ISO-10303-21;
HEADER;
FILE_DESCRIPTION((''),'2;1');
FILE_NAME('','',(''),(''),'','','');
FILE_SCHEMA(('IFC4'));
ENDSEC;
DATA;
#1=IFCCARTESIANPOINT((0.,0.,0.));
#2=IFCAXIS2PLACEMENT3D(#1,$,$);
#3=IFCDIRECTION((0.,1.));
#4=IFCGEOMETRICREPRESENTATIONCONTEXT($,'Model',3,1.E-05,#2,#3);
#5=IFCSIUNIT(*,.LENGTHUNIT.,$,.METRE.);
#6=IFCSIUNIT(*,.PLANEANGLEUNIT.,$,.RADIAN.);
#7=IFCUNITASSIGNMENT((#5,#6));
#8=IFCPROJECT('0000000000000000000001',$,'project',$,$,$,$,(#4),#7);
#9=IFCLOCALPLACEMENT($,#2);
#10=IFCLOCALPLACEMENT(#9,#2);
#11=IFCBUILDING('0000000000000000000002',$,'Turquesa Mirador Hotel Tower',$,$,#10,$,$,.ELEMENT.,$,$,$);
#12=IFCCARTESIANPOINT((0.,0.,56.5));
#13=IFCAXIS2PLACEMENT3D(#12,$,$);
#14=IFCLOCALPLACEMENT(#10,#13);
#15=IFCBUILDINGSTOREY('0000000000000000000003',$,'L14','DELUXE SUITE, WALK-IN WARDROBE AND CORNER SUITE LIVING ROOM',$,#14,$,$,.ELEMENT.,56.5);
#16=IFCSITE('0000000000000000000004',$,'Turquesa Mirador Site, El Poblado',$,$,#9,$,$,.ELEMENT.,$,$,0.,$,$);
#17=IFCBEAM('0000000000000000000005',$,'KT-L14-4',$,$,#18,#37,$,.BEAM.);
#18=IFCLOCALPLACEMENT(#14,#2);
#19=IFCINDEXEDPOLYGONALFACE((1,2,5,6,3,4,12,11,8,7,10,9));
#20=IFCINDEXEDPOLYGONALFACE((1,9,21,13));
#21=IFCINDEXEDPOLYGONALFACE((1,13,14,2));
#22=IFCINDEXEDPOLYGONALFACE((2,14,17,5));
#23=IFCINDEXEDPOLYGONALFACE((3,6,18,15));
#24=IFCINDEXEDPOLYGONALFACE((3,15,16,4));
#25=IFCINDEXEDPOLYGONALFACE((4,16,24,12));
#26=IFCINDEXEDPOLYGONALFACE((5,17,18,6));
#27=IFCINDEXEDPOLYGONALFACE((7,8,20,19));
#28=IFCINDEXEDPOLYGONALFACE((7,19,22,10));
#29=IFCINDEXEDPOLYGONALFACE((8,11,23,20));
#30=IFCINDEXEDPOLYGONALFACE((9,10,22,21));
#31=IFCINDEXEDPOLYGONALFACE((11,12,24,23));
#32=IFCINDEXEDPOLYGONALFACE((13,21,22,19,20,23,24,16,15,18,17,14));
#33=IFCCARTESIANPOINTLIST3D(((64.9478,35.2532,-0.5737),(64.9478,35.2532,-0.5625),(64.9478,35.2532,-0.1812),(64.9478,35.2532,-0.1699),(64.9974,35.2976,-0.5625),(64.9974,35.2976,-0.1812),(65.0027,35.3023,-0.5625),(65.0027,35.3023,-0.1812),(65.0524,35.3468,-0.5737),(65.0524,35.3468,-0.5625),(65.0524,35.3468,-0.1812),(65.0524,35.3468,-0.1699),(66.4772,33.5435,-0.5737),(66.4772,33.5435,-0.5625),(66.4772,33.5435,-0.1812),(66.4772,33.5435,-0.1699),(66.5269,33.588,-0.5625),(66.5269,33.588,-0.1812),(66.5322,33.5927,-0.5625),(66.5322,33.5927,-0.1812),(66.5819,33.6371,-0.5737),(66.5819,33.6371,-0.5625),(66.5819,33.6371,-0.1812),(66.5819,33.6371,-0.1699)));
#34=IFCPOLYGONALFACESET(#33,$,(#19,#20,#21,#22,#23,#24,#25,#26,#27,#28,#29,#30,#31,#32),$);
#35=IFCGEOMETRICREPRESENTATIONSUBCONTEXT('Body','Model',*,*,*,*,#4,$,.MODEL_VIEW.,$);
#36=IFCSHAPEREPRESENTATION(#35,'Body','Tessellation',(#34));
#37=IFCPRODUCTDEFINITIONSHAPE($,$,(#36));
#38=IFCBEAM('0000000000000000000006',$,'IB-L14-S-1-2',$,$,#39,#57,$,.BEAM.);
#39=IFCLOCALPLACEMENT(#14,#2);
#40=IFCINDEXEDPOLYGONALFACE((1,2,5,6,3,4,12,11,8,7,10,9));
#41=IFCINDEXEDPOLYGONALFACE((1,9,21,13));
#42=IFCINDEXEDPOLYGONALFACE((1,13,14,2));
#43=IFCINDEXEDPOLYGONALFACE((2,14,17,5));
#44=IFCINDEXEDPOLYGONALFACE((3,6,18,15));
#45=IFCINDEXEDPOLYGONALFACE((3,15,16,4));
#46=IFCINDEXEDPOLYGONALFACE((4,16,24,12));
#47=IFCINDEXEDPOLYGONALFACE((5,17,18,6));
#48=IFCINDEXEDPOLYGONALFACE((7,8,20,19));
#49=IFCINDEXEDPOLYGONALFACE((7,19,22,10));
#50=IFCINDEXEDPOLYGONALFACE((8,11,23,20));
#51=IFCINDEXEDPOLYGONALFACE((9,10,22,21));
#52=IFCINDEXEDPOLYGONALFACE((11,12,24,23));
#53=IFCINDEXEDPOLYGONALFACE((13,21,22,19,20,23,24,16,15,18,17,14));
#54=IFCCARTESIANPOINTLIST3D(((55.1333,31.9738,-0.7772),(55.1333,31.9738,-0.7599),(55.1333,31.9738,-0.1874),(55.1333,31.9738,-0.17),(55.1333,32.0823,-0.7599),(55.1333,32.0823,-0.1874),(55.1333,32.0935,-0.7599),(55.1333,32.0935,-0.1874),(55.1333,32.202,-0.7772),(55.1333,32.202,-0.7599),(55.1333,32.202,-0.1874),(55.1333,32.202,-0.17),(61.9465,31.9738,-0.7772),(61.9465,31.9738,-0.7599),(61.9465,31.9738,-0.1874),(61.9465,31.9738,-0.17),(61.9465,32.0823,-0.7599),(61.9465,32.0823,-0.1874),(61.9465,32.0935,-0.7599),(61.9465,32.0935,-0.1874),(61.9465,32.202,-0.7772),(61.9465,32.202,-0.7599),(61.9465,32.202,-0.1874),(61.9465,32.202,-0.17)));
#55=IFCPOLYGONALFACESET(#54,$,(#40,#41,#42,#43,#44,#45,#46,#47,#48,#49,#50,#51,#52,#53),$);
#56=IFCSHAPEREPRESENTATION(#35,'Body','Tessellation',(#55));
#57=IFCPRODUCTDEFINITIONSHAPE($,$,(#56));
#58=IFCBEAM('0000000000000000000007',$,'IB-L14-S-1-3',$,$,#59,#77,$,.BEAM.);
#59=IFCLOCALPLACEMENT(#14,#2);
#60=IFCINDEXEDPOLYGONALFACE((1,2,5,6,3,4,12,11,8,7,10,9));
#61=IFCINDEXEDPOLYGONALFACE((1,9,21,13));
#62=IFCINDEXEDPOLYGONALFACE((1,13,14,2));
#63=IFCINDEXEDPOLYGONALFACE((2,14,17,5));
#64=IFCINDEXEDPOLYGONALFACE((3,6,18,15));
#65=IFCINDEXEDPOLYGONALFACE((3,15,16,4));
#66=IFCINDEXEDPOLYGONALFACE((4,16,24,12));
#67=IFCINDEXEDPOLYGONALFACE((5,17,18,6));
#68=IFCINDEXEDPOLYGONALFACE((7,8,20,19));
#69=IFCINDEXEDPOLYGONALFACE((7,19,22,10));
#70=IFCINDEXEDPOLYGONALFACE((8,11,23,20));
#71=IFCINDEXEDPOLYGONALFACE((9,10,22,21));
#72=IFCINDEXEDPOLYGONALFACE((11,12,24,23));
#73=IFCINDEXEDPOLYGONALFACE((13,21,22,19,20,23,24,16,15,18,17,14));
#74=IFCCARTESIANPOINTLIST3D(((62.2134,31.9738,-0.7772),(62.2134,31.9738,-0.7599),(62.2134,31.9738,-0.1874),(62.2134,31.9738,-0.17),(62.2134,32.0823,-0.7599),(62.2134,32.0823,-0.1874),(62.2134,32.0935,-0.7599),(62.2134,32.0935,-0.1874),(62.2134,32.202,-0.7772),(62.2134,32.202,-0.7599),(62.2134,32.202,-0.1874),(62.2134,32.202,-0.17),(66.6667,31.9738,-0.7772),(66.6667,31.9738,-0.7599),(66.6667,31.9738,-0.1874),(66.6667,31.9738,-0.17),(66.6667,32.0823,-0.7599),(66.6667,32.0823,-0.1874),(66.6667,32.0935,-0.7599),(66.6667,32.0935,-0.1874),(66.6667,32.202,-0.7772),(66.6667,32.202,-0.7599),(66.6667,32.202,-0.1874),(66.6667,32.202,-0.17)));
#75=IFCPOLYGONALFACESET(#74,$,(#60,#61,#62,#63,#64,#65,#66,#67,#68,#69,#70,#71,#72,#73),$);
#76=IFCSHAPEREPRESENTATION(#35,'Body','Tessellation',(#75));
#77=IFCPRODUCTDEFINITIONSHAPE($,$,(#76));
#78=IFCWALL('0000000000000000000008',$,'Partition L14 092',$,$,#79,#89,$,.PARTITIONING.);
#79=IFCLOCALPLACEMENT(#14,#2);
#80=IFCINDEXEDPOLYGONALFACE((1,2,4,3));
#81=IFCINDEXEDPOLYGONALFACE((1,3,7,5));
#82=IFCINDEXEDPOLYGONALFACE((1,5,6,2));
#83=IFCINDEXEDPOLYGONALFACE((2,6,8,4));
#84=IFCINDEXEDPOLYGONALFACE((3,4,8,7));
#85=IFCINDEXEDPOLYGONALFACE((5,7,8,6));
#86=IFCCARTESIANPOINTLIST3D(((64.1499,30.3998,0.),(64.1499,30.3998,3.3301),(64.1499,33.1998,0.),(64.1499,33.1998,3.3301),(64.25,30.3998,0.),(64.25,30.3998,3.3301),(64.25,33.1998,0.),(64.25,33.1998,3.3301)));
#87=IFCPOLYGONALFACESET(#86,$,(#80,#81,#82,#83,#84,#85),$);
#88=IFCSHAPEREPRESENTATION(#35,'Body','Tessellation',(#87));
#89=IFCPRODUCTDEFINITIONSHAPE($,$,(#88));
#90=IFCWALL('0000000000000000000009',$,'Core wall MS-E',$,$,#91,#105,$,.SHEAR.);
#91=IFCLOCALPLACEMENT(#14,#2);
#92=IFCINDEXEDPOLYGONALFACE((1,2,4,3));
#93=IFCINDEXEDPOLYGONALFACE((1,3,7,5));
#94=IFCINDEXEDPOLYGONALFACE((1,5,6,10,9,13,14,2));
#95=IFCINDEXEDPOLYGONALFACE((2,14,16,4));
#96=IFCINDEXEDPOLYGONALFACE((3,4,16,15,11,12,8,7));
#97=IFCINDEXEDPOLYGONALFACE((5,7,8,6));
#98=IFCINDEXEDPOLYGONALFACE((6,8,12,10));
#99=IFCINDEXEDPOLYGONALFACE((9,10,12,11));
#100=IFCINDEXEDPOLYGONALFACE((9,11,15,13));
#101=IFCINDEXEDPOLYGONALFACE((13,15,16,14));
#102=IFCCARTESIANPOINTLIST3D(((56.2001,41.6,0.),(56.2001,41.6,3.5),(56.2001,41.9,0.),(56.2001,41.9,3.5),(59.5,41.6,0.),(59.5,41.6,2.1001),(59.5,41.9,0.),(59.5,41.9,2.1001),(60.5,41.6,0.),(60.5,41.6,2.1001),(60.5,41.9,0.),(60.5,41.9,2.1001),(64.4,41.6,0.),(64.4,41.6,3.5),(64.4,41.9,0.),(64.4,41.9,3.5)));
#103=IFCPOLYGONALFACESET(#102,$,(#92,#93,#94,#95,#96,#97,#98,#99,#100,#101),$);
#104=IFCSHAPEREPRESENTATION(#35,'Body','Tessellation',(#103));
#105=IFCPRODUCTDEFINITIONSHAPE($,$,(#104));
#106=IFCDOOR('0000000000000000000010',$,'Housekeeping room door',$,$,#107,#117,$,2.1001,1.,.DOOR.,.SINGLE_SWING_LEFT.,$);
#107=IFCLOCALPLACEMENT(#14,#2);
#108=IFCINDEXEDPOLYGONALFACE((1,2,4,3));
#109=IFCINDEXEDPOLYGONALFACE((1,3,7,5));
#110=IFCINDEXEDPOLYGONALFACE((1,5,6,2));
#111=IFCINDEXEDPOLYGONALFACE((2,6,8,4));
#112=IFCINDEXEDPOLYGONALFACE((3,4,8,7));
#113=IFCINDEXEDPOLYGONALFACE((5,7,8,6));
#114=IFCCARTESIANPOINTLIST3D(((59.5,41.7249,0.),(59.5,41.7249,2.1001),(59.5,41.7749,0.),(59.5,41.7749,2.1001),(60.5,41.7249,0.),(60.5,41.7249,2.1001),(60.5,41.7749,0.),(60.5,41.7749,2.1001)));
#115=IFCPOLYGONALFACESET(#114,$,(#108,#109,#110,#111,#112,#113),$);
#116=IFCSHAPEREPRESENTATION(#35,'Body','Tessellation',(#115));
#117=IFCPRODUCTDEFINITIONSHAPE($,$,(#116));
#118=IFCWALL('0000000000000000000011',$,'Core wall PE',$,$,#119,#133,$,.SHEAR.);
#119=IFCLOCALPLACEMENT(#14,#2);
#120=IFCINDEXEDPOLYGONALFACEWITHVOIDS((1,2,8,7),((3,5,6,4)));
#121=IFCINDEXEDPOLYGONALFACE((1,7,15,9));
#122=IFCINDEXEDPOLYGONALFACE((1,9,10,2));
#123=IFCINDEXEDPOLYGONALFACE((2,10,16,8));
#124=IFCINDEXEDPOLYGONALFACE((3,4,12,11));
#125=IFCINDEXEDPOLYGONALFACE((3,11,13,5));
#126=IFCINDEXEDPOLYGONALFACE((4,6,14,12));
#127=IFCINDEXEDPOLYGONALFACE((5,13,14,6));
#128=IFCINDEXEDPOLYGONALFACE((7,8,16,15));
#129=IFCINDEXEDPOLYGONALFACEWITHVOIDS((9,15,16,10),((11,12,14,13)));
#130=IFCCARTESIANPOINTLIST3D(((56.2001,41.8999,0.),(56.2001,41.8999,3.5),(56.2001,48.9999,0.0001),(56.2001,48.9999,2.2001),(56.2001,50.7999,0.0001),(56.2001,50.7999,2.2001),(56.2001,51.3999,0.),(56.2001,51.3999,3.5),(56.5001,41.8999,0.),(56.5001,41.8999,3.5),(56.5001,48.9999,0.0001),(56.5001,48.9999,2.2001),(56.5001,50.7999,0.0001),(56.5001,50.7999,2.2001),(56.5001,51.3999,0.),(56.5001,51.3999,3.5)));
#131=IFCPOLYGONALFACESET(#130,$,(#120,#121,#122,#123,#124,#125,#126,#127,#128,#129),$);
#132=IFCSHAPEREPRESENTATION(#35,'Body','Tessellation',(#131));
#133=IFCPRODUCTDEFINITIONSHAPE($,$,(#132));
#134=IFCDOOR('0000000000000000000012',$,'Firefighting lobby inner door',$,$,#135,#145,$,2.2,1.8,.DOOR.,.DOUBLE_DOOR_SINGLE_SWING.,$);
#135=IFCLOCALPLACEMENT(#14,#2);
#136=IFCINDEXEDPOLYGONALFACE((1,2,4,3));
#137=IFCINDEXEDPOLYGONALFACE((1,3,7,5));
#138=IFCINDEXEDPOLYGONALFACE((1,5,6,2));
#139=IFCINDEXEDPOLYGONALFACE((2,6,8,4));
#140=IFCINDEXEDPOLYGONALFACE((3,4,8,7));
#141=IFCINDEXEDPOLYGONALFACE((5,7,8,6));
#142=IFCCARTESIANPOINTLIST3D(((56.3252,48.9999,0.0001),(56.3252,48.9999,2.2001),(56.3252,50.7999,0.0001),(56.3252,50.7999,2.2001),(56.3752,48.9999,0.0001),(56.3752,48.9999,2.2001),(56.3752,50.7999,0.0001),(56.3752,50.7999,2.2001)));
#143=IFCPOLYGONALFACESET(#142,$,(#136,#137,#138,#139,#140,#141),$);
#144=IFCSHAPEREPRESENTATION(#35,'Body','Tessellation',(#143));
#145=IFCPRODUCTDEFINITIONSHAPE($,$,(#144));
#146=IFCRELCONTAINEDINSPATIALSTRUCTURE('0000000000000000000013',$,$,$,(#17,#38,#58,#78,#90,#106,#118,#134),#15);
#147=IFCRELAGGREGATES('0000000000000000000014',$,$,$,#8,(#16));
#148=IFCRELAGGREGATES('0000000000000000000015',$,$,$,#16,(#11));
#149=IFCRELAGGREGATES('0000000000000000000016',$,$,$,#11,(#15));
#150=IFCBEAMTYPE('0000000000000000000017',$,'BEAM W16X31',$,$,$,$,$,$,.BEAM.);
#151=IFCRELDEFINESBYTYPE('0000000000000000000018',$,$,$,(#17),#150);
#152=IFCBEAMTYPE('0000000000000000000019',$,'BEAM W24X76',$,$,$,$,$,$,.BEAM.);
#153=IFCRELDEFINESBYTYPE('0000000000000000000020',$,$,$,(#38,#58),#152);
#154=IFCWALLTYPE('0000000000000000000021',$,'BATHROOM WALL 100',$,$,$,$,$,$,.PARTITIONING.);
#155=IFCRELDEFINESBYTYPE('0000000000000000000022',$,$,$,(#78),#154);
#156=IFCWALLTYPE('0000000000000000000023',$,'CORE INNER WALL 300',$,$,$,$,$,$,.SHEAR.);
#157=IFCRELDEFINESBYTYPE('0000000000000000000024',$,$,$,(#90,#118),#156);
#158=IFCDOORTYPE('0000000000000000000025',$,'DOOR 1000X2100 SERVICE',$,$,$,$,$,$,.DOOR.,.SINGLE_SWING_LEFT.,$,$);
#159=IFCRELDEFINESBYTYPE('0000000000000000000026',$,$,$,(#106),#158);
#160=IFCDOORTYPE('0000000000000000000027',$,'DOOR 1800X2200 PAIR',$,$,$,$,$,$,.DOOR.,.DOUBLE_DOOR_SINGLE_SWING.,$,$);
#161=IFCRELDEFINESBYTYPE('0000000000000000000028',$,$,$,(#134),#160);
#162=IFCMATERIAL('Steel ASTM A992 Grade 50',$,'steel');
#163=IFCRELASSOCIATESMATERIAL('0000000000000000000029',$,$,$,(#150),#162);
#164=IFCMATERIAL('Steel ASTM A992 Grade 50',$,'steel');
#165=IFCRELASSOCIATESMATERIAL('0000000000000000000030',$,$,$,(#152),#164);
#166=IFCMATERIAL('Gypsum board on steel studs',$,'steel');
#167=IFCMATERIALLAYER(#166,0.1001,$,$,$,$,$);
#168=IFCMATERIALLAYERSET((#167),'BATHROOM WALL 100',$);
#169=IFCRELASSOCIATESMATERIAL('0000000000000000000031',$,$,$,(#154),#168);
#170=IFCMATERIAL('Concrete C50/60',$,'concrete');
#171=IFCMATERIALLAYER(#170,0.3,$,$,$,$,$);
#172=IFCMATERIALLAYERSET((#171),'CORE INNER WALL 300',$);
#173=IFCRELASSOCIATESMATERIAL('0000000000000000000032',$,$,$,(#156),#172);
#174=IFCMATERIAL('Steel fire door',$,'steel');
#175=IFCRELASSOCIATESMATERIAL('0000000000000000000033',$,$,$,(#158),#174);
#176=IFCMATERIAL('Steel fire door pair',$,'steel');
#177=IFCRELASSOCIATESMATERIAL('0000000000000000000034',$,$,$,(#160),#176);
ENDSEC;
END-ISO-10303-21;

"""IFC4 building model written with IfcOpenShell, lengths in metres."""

from ifc_helpers import new_model, si_unit, direction, frame, frame_2d, origin, origin_2d, place, context, subcontext, project, spatial, rectangle, i_section, extrude, material, layer, layer_set, material_profile, profile_set, type_object, element, fill, save


model = new_model("IFC4")

# Units and contexts
model_context = context("Model", 3, precision=1e-05, world=origin(), true_north=direction((0.0, 1.0)))
body_context = subcontext(model_context, "Body", "Model", "MODEL_VIEW")
ifc_project = project(units=[si_unit("LENGTHUNIT", "METRE"), si_unit("PLANEANGLEUNIT", "RADIAN")], contexts=[model_context])

# Site, building, storey
site_placement = place(None, origin())
site = spatial("IfcSite", under=ifc_project, at=site_placement, Name="Turquesa Mirador Site, El Poblado", CompositionType="ELEMENT", RefElevation=0.0)
building_placement = place(site_placement, origin())
building = spatial("IfcBuilding", under=site, at=building_placement, Name="Turquesa Mirador Hotel Tower", CompositionType="ELEMENT")
storey_placement = place(building_placement, frame((0.0, 0.0, 56.5)))
storey = spatial("IfcBuildingStorey", under=building, at=storey_placement, Name="L14", Description="DELUXE SUITE, WALK-IN WARDROBE AND CORNER SUITE LIVING ROOM", CompositionType="ELEMENT", Elevation=56.5)

# Beams
ifc_material_1 = material(Name="Steel ASTM A992 Grade 50", Category="steel")
ifc_material_profile_1 = material_profile(ifc_material_1, i_section(OverallWidth=0.1404, OverallDepth=0.4038, WebThickness=0.0071, FlangeThickness=0.0112, at=origin_2d()), Name="W16X31")
ifc_profile_set_1 = profile_set([ifc_material_profile_1], Name="Steel ASTM A992 Grade 50")
beam_type_1 = type_object("IfcBeamType", Name="BEAM W16X31", PredefinedType="BEAM", material=ifc_profile_set_1)
beam_1_placement = place(storey_placement, frame((66.5295, 33.5903, -0.3718), z_axis=(-0.666745, 0.745286, 0.0), x_axis=(-0.745286, -0.666745, 0.0)))
element("IfcBeam", 1, at=beam_1_placement, inside=storey, type_object=beam_type_1, Name="KT-L14-4", PredefinedType="BEAM", context=body_context, shape_type="SweptSolid", body=[
    extrude(i_section(OverallWidth=0.1404, OverallDepth=0.4038, WebThickness=0.0071, FlangeThickness=0.0112, at=origin_2d()), origin(), (0.0, 0.0, 1.0), 2.2939),
])
ifc_material_2 = material(Name="Steel ASTM A992 Grade 50", Category="steel")
ifc_material_profile_2 = material_profile(ifc_material_2, i_section(OverallWidth=0.2283, OverallDepth=0.6072, WebThickness=0.0112, FlangeThickness=0.0173, at=origin_2d()), Name="W24X76")
ifc_profile_set_2 = profile_set([ifc_material_profile_2], Name="Steel ASTM A992 Grade 50")
beam_type_2 = type_object("IfcBeamType", Name="BEAM W24X76", PredefinedType="BEAM", material=ifc_profile_set_2)
beam_2_placement = place(storey_placement, frame((55.1333, 32.0879, -0.4736), z_axis=(1.0, 0.0, 0.0), x_axis=(0.0, 1.0, 0.0)))
element("IfcBeam", 2, at=beam_2_placement, inside=storey, type_object=beam_type_2, Name="IB-L14-S-1-2", PredefinedType="BEAM", context=body_context, shape_type="SweptSolid", body=[
    extrude(i_section(OverallWidth=0.2283, OverallDepth=0.6072, WebThickness=0.0112, FlangeThickness=0.0173, at=origin_2d()), origin(), (0.0, 0.0, 1.0), 6.8132),
])
beam_3_placement = place(storey_placement, frame((62.2134, 32.0879, -0.4736), z_axis=(1.0, 0.0, 0.0), x_axis=(0.0, 1.0, 0.0)))
element("IfcBeam", 3, at=beam_3_placement, inside=storey, type_object=beam_type_2, Name="IB-L14-S-1-3", PredefinedType="BEAM", context=body_context, shape_type="SweptSolid", body=[
    extrude(i_section(OverallWidth=0.2283, OverallDepth=0.6072, WebThickness=0.0112, FlangeThickness=0.0173, at=origin_2d()), origin(), (0.0, 0.0, 1.0), 4.4534),
])

# Wall
ifc_material_3 = material(Name="Gypsum board on steel studs", Category="steel")
ifc_layer_1 = layer(ifc_material_3, 0.1001)
ifc_layer_set_1 = layer_set([ifc_layer_1], Name="BATHROOM WALL 100")
wall_type_1 = type_object("IfcWallType", Name="BATHROOM WALL 100", PredefinedType="PARTITIONING", material=ifc_layer_set_1)
wall_1_placement = place(storey_placement, frame((64.2, 30.3999, 0.0), z_axis=(0.0, 0.0, 1.0), x_axis=(0.0, 1.0, 0.0)))
element("IfcWall", 4, at=wall_1_placement, inside=storey, type_object=wall_type_1, Name="Partition L14 092", PredefinedType="PARTITIONING", context=body_context, shape_type="SweptSolid", body=[
    extrude(rectangle(XDim=2.8, YDim=0.1001, at=frame_2d((1.3999, 0.0))), origin(), (0.0, 0.0, 1.0), 3.3301),
])

# Walls, openings, doors
ifc_material_4 = material(Name="Concrete C50/60", Category="concrete")
ifc_layer_2 = layer(ifc_material_4, 0.3)
ifc_layer_set_2 = layer_set([ifc_layer_2], Name="CORE INNER WALL 300")
wall_type_2 = type_object("IfcWallType", Name="CORE INNER WALL 300", PredefinedType="SHEAR", material=ifc_layer_set_2)
wall_2_placement = place(storey_placement, frame((56.2, 41.75, 0.0), z_axis=(0.0, 0.0, 1.0), x_axis=(1.0, 0.0, 0.0)))
wall_2 = element("IfcWall", 5, at=wall_2_placement, inside=storey, type_object=wall_type_2, Name="Core wall MS-E", PredefinedType="SHEAR", context=body_context, shape_type="SweptSolid", body=[
    extrude(rectangle(XDim=8.2, YDim=0.3, at=frame_2d((4.1001, 0.0))), origin(), (0.0, 0.0, 1.0), 3.5),
])
opening_1_placement = place(wall_2_placement, frame((3.3, 0.0, 0.0)))
opening_1 = element("IfcOpeningElement", 6, at=opening_1_placement, cuts=wall_2, PredefinedType="OPENING", context=body_context, shape_type="SweptSolid", body=[
    extrude(rectangle(XDim=1.0, YDim=2.1001, at=frame_2d((0.5, 1.05))), frame((0.0, 0.1599, 0.0), z_axis=(0.0, -1.0, 0.0), x_axis=(1.0, 0.0, 0.0)), (0.0, 0.0, 1.0), 0.3201),
])
ifc_material_5 = material(Name="Steel fire door", Category="steel")
door_type_1 = type_object("IfcDoorType", Name="DOOR 1000X2100 SERVICE", OperationType="SINGLE_SWING_LEFT", PredefinedType="DOOR", material=ifc_material_5)
door_1_placement = place(opening_1_placement, origin())
door_1 = element("IfcDoor", 7, at=door_1_placement, inside=storey, type_object=door_type_1, Name="Housekeeping room door", OperationType="SINGLE_SWING_LEFT", OverallHeight=2.1001, OverallWidth=1.0, PredefinedType="DOOR", context=body_context, shape_type="SweptSolid", body=[
    extrude(rectangle(XDim=1.0, YDim=2.1001, at=frame_2d((0.5, 1.05))), frame((0.0, 0.0249, 0.0), z_axis=(0.0, -1.0, 0.0), x_axis=(1.0, 0.0, 0.0)), (0.0, 0.0, 1.0), 0.05),
])
fill(opening_1, door_1)
wall_3_placement = place(storey_placement, frame((56.3501, 41.8999, 0.0), z_axis=(0.0, 0.0, 1.0), x_axis=(0.0, 1.0, 0.0)))
wall_3 = element("IfcWall", 8, at=wall_3_placement, inside=storey, type_object=wall_type_2, Name="Core wall PE", PredefinedType="SHEAR", context=body_context, shape_type="SweptSolid", body=[
    extrude(rectangle(XDim=9.5, YDim=0.3, at=frame_2d((4.75, 0.0))), origin(), (0.0, 0.0, 1.0), 3.5),
])
opening_2_placement = place(wall_3_placement, frame((7.1001, 0.0, 0.0)))
opening_2 = element("IfcOpeningElement", 9, at=opening_2_placement, cuts=wall_3, PredefinedType="OPENING", context=body_context, shape_type="SweptSolid", body=[
    extrude(rectangle(XDim=1.8, YDim=2.2, at=frame_2d((0.8999, 1.1001))), frame((0.0, 0.1599, 0.0), z_axis=(0.0, -1.0, 0.0), x_axis=(1.0, 0.0, 0.0)), (0.0, 0.0, 1.0), 0.3201),
])
ifc_material_6 = material(Name="Steel fire door pair", Category="steel")
door_type_2 = type_object("IfcDoorType", Name="DOOR 1800X2200 PAIR", OperationType="DOUBLE_DOOR_SINGLE_SWING", PredefinedType="DOOR", material=ifc_material_6)
door_2_placement = place(opening_2_placement, origin())
door_2 = element("IfcDoor", 10, at=door_2_placement, inside=storey, type_object=door_type_2, Name="Firefighting lobby inner door", OperationType="DOUBLE_DOOR_SINGLE_SWING", OverallHeight=2.2, OverallWidth=1.8, PredefinedType="DOOR", context=body_context, shape_type="SweptSolid", body=[
    extrude(rectangle(XDim=1.8, YDim=2.2, at=frame_2d((0.8999, 1.1001))), frame((0.0, 0.0249, 0.0), z_axis=(0.0, -1.0, 0.0), x_axis=(1.0, 0.0, 0.0)), (0.0, 0.0, 1.0), 0.05),
])
fill(opening_2, door_2)

save(model, "model.ifc")
